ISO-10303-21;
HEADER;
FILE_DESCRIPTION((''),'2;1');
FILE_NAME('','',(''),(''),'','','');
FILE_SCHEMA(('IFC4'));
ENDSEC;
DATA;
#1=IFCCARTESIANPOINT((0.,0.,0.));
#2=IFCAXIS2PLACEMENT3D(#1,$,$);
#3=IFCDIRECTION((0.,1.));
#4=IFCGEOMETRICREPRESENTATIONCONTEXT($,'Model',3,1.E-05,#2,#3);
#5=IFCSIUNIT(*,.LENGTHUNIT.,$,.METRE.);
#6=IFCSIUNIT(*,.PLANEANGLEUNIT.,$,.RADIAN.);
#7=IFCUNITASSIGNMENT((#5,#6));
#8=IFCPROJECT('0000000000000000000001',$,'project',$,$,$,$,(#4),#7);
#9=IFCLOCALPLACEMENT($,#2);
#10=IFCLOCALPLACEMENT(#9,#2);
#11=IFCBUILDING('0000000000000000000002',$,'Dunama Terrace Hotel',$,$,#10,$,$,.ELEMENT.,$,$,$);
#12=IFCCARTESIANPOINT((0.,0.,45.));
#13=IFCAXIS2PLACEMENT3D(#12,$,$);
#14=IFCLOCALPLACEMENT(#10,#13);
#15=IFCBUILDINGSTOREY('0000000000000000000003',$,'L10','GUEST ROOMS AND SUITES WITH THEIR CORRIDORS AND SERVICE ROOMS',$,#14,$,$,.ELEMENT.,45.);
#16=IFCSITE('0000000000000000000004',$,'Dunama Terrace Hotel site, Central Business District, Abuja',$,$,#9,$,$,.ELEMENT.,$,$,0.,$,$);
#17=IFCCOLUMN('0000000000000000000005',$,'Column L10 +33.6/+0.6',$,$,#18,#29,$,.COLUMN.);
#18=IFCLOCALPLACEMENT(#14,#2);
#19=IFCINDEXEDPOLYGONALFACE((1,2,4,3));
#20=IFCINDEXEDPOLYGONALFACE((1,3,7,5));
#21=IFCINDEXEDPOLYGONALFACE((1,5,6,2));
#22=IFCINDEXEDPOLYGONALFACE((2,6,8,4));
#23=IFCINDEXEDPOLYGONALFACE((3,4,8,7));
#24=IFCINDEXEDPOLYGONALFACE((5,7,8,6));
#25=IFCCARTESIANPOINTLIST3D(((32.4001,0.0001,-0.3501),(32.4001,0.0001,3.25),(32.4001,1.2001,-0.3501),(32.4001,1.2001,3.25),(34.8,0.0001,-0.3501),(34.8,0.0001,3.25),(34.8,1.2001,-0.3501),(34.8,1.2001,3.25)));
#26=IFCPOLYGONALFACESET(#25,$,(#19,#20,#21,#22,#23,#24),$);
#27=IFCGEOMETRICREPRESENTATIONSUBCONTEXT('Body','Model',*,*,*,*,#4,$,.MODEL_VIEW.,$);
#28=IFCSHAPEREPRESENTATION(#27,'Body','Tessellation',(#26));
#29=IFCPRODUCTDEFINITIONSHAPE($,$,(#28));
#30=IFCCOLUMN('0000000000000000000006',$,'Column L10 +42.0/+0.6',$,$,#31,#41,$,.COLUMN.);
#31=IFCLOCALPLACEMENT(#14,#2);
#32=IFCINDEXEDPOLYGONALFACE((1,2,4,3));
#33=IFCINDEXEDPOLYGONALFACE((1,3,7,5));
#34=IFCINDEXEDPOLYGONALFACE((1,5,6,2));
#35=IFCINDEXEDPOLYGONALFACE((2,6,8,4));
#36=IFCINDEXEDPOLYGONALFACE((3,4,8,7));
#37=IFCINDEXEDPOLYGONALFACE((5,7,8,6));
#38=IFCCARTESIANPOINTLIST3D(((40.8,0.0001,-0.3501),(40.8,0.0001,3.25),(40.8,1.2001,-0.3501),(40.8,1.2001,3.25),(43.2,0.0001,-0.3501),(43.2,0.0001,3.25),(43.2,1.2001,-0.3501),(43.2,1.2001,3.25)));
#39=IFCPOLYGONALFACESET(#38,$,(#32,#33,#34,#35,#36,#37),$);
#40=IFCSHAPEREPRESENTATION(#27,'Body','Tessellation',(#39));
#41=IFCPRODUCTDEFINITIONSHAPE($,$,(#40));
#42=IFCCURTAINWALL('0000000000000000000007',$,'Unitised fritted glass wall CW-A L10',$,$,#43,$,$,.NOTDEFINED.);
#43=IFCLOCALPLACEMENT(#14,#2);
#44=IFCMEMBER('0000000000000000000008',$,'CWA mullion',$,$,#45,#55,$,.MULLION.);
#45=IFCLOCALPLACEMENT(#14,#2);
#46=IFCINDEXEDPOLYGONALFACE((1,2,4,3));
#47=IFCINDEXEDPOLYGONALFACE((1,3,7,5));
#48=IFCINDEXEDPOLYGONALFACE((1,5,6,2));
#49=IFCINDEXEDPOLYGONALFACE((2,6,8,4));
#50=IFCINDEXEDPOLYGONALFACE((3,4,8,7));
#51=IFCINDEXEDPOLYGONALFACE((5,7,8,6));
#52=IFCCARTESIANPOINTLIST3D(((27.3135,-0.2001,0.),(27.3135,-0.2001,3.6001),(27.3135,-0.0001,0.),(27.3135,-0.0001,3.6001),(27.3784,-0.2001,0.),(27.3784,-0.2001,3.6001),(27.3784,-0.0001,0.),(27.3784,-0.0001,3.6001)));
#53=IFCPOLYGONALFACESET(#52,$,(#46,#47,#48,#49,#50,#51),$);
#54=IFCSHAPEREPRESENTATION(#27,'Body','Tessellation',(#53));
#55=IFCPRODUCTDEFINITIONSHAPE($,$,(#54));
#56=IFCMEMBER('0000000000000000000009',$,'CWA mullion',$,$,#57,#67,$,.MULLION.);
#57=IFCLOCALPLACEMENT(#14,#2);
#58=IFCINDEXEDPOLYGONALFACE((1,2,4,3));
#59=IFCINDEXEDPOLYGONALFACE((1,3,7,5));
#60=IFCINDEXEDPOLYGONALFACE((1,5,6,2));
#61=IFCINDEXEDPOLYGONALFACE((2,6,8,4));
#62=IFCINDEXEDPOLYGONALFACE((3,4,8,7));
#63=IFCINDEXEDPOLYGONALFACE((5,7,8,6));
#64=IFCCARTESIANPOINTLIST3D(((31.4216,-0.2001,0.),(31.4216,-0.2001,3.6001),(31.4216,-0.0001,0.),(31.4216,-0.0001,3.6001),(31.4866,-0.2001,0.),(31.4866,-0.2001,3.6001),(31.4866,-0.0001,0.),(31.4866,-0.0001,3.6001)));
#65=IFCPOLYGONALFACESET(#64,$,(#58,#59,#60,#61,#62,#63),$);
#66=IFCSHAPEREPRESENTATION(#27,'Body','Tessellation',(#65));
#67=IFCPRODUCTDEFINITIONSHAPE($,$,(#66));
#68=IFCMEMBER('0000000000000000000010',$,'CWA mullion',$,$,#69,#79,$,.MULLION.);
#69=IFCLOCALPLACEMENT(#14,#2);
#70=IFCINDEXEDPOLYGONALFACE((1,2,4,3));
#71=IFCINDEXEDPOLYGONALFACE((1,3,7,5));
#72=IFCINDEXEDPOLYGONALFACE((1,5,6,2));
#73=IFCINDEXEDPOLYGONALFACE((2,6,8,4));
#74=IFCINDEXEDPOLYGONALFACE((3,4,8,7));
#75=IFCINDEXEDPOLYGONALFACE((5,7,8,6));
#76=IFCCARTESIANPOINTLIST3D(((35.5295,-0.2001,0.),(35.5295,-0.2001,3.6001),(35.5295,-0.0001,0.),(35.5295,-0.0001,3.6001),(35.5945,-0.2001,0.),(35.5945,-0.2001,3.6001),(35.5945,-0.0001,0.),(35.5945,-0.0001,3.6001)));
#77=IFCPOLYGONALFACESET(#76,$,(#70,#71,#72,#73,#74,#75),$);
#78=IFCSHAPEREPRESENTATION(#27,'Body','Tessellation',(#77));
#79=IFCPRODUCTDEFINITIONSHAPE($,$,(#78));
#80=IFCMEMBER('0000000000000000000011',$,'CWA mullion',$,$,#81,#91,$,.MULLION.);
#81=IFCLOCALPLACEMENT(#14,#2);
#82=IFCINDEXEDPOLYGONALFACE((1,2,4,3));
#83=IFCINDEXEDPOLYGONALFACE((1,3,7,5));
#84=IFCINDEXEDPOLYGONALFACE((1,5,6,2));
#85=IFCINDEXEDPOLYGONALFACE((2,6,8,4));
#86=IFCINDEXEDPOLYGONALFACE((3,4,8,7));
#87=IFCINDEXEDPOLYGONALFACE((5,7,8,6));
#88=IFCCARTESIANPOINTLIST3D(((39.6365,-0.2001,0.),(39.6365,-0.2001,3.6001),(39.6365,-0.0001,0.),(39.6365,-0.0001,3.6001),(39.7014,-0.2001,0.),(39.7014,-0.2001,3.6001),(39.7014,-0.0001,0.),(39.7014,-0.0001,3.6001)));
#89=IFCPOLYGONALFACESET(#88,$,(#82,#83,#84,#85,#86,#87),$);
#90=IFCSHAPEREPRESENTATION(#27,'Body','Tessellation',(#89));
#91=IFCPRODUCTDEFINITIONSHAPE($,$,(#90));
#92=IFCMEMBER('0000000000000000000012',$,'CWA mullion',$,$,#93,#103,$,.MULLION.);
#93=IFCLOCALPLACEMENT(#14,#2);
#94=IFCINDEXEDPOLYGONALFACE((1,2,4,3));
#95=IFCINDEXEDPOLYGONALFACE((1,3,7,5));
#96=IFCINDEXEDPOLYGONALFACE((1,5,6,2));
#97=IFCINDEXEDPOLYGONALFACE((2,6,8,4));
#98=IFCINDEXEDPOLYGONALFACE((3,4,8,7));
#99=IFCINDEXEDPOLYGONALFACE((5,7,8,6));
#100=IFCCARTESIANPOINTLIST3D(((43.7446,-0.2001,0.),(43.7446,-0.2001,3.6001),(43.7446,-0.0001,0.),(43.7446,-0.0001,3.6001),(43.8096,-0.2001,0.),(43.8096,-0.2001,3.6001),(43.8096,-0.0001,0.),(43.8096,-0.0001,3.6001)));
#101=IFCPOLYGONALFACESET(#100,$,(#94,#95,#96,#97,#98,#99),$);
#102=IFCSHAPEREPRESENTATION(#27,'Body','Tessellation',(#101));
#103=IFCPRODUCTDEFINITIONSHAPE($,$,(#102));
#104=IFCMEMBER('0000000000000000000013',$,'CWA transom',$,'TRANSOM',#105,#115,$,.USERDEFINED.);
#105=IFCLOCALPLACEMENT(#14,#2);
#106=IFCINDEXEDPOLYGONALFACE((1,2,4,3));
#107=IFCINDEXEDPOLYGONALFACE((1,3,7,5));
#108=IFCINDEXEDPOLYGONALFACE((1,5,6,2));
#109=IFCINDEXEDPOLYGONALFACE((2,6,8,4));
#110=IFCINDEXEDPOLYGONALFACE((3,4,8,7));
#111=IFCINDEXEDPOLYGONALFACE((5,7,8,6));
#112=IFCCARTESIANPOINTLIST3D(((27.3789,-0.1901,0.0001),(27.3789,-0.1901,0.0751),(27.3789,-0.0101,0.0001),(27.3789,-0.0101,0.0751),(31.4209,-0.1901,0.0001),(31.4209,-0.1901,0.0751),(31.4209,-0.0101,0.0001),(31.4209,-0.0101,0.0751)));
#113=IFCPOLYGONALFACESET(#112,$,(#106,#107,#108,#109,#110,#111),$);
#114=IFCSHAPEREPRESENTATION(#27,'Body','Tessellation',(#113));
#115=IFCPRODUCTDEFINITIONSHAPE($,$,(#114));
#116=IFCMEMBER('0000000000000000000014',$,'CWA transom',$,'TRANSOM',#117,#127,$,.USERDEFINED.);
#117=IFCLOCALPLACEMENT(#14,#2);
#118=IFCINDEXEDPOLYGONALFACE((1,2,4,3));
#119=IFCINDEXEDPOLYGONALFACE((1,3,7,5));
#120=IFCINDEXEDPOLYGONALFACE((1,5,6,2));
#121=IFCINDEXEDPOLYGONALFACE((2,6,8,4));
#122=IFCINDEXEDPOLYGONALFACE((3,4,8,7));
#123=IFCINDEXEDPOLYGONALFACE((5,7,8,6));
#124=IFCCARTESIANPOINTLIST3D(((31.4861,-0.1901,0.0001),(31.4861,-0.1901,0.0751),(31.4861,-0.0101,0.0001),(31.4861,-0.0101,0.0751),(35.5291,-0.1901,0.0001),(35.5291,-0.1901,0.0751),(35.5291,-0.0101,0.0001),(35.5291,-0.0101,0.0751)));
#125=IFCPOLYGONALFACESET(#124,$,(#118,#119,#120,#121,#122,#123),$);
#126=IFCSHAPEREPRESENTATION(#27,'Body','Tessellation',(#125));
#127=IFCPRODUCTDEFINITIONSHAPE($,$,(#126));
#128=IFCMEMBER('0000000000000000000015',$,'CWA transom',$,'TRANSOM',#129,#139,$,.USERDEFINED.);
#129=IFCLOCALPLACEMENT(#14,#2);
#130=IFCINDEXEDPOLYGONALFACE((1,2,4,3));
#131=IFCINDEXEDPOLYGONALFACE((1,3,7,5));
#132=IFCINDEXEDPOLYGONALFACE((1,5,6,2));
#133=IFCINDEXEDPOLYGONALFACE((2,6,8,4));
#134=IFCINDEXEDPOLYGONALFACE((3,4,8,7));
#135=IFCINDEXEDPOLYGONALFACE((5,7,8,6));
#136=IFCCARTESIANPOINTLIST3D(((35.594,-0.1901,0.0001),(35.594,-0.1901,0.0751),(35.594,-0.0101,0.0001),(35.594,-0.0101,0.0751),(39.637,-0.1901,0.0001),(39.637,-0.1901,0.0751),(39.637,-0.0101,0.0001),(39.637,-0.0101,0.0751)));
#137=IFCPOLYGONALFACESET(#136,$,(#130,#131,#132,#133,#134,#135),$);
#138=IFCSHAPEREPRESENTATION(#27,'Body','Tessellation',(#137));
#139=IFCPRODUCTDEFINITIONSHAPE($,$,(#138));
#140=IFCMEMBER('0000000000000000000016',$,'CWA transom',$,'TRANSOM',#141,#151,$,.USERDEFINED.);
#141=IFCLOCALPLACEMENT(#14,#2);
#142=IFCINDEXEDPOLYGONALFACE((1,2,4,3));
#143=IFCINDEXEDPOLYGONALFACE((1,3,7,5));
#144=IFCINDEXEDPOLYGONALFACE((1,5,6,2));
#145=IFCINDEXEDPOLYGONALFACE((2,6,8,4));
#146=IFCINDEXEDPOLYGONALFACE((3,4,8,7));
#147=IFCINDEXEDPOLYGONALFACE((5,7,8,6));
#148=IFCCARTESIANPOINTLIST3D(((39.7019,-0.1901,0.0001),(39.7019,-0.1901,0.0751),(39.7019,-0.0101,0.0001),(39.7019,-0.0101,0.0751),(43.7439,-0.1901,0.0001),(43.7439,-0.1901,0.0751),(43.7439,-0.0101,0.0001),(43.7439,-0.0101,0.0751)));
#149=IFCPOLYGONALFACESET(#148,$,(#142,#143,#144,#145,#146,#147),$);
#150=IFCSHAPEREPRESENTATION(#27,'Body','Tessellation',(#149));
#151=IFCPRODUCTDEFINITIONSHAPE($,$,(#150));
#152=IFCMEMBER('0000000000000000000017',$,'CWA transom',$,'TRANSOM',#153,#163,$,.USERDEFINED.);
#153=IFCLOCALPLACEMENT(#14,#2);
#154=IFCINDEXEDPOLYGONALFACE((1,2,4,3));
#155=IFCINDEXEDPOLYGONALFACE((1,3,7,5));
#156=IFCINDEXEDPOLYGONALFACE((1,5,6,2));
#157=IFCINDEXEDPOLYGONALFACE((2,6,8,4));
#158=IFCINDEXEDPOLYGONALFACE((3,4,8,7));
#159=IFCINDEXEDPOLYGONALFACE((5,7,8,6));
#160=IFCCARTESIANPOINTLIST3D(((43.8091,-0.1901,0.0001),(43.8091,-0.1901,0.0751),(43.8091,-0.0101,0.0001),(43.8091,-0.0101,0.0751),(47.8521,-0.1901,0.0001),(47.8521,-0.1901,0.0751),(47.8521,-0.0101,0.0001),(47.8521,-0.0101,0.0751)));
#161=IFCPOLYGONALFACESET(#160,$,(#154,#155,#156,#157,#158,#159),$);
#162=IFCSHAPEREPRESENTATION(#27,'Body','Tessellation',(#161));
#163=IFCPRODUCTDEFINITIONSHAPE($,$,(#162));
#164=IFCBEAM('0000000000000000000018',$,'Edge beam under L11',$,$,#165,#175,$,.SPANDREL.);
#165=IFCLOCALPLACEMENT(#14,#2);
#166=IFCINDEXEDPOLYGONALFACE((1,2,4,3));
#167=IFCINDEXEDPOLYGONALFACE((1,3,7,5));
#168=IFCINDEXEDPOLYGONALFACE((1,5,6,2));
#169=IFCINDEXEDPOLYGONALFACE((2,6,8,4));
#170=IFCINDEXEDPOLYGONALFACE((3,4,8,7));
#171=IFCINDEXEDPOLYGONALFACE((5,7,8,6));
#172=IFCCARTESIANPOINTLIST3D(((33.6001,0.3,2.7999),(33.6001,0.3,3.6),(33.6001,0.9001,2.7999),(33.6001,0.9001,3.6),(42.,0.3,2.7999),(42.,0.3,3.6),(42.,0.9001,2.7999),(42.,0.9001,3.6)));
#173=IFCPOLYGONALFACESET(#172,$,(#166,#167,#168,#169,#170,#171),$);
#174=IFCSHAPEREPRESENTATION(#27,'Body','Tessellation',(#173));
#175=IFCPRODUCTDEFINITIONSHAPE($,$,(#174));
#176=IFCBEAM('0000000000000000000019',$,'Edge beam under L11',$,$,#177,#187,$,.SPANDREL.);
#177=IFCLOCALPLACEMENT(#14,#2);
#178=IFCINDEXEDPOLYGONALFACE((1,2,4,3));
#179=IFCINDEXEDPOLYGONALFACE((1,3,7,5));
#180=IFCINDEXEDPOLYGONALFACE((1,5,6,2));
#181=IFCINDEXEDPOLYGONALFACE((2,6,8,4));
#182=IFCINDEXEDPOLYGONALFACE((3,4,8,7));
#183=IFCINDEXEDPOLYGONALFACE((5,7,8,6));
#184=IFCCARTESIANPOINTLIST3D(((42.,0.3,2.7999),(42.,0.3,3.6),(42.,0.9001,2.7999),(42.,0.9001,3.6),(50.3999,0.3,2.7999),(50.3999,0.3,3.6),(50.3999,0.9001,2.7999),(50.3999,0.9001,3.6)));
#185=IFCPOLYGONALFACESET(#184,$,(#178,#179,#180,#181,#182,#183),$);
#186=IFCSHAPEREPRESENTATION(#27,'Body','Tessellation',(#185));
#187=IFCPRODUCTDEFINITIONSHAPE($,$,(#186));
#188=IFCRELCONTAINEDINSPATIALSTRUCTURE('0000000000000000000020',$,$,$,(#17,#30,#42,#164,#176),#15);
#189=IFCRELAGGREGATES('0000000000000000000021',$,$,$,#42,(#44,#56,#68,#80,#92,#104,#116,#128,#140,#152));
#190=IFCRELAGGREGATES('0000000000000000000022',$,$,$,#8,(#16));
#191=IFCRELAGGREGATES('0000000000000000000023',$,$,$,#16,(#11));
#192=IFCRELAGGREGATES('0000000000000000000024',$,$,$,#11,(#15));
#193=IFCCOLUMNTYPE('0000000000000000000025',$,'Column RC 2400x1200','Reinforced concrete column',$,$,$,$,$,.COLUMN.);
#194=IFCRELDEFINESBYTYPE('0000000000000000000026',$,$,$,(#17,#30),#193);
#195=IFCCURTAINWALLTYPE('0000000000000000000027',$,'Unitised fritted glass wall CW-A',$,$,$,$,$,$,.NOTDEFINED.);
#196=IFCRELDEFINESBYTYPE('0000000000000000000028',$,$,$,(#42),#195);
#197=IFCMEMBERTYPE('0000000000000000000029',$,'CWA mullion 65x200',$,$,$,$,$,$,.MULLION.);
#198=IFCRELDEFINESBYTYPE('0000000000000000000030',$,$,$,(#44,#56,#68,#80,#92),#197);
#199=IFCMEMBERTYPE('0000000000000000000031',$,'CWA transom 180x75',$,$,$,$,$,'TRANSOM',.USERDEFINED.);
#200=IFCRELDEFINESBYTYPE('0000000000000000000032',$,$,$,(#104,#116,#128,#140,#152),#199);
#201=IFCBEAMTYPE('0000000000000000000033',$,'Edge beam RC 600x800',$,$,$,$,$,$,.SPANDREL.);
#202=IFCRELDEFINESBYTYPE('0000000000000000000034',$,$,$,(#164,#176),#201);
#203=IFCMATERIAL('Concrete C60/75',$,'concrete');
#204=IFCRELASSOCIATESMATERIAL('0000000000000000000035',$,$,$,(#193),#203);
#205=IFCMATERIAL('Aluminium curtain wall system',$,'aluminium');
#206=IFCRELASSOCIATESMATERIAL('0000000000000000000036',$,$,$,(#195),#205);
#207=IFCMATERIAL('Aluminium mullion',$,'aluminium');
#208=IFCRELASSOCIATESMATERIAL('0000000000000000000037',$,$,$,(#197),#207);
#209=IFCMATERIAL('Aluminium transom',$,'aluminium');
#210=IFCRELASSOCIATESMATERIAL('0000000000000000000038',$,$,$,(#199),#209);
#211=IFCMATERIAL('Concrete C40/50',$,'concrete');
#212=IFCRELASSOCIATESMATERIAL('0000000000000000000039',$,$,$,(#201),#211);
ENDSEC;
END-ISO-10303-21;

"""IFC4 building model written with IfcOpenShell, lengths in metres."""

from ifc_helpers import new_model, si_unit, direction, frame, origin, origin_2d, place, context, subcontext, project, spatial, rectangle, extrude, material, material_profile, profile_set, type_object, element, aggregate, save


model = new_model("IFC4")

# Units and contexts
model_context = context("Model", 3, precision=1e-05, world=origin(), true_north=direction((0.0, 1.0)))
body_context = subcontext(model_context, "Body", "Model", "MODEL_VIEW")
ifc_project = project(units=[si_unit("LENGTHUNIT", "METRE"), si_unit("PLANEANGLEUNIT", "RADIAN")], contexts=[model_context])

# Site, building, storey
site_placement = place(None, origin())
site = spatial("IfcSite", under=ifc_project, at=site_placement, Name="Dunama Terrace Hotel site, Central Business District, Abuja", CompositionType="ELEMENT", RefElevation=0.0)
building_placement = place(site_placement, origin())
building = spatial("IfcBuilding", under=site, at=building_placement, Name="Dunama Terrace Hotel", CompositionType="ELEMENT")
storey_placement = place(building_placement, frame((0.0, 0.0, 45.0)))
storey = spatial("IfcBuildingStorey", under=building, at=storey_placement, Name="L10", Description="GUEST ROOMS AND SUITES WITH THEIR CORRIDORS AND SERVICE ROOMS", CompositionType="ELEMENT", Elevation=45.0)

# Columns
ifc_material_1 = material(Name="Concrete C60/75", Category="concrete")
ifc_material_profile_1 = material_profile(ifc_material_1, rectangle(XDim=2.3999, YDim=1.2, at=origin_2d()), Name="RC 2400x1200")
ifc_profile_set_1 = profile_set([ifc_material_profile_1], Name="Concrete C60/75")
column_type = type_object("IfcColumnType", Name="Column RC 2400x1200", Description="Reinforced concrete column", PredefinedType="COLUMN", material=ifc_profile_set_1)
for number, where, z_axis, x_axis, name in (
    (1, (33.6001, 0.6001, -0.3501), (0.0, 0.0, 1.0), (1.0, 0.0, 0.0), "Column L10 +33.6/+0.6"),
    (2, (42.0, 0.6001, -0.3501), (0.0, 0.0, 1.0), (1.0, 0.0, 0.0), "Column L10 +42.0/+0.6"),
):
    element("IfcColumn", number, at=place(storey_placement, frame(where, z_axis=z_axis, x_axis=x_axis)), inside=storey, type_object=column_type, Name=name, PredefinedType="COLUMN", context=body_context, shape_type="SweptSolid", body=[
        extrude(rectangle(XDim=2.3999, YDim=1.2, at=origin_2d()), origin(), (0.0, 0.0, 1.0), 3.6001),
    ])

# Curtain wall, members
ifc_material_2 = material(Name="Aluminium curtain wall system", Category="aluminium")
curtain_wall_type = type_object("IfcCurtainWallType", Name="Unitised fritted glass wall CW-A", PredefinedType="NOTDEFINED", material=ifc_material_2)
curtain_wall_placement = place(storey_placement, origin())
curtain_wall = element("IfcCurtainWall", 3, at=curtain_wall_placement, inside=storey, type_object=curtain_wall_type, Name="Unitised fritted glass wall CW-A L10", PredefinedType="NOTDEFINED")
ifc_material_3 = material(Name="Aluminium mullion", Category="aluminium")
ifc_material_profile_2 = material_profile(ifc_material_3, rectangle(XDim=0.0649, YDim=0.2, at=origin_2d()), Name="CWA MULLION 65X200")
ifc_profile_set_2 = profile_set([ifc_material_profile_2], Name="Aluminium mullion")
member_type_1 = type_object("IfcMemberType", Name="CWA mullion 65x200", PredefinedType="MULLION", material=ifc_profile_set_2)
member_1_placement = place(storey_placement, frame((27.3459, -0.1001, 0.0), z_axis=(0.0, 0.0, 1.0), x_axis=(1.0, 0.0, 0.0)))
member_1 = element("IfcMember", 4, at=member_1_placement, type_object=member_type_1, Name="CWA mullion", PredefinedType="MULLION", context=body_context, shape_type="SweptSolid", body=[
    extrude(rectangle(XDim=0.0649, YDim=0.2, at=origin_2d()), origin(), (0.0, 0.0, 1.0), 3.6001),
])
member_2_placement = place(storey_placement, frame((31.4541, -0.1001, 0.0), z_axis=(0.0, 0.0, 1.0), x_axis=(1.0, 0.0, 0.0)))
member_2 = element("IfcMember", 5, at=member_2_placement, type_object=member_type_1, Name="CWA mullion", PredefinedType="MULLION", context=body_context, shape_type="SweptSolid", body=[
    extrude(rectangle(XDim=0.0649, YDim=0.2, at=origin_2d()), origin(), (0.0, 0.0, 1.0), 3.6001),
])
member_3_placement = place(storey_placement, frame((35.562, -0.1001, 0.0), z_axis=(0.0, 0.0, 1.0), x_axis=(1.0, 0.0, 0.0)))
member_3 = element("IfcMember", 6, at=member_3_placement, type_object=member_type_1, Name="CWA mullion", PredefinedType="MULLION", context=body_context, shape_type="SweptSolid", body=[
    extrude(rectangle(XDim=0.0649, YDim=0.2, at=origin_2d()), origin(), (0.0, 0.0, 1.0), 3.6001),
])
member_4_placement = place(storey_placement, frame((39.6689, -0.1001, 0.0), z_axis=(0.0, 0.0, 1.0), x_axis=(1.0, 0.0, 0.0)))
member_4 = element("IfcMember", 7, at=member_4_placement, type_object=member_type_1, Name="CWA mullion", PredefinedType="MULLION", context=body_context, shape_type="SweptSolid", body=[
    extrude(rectangle(XDim=0.0649, YDim=0.2, at=origin_2d()), origin(), (0.0, 0.0, 1.0), 3.6001),
])
member_5_placement = place(storey_placement, frame((43.7771, -0.1001, 0.0), z_axis=(0.0, 0.0, 1.0), x_axis=(1.0, 0.0, 0.0)))
member_5 = element("IfcMember", 8, at=member_5_placement, type_object=member_type_1, Name="CWA mullion", PredefinedType="MULLION", context=body_context, shape_type="SweptSolid", body=[
    extrude(rectangle(XDim=0.0649, YDim=0.2, at=origin_2d()), origin(), (0.0, 0.0, 1.0), 3.6001),
])
ifc_material_4 = material(Name="Aluminium transom", Category="aluminium")
ifc_material_profile_3 = material_profile(ifc_material_4, rectangle(XDim=0.1799, YDim=0.075, at=origin_2d()), Name="CWA TRANSOM 180X75")
ifc_profile_set_3 = profile_set([ifc_material_profile_3], Name="Aluminium transom")
member_type_2 = type_object("IfcMemberType", Name="CWA transom 180x75", ElementType="TRANSOM", PredefinedType="USERDEFINED", material=ifc_profile_set_3)
member_6_placement = place(storey_placement, frame((27.3789, -0.1001, 0.0376), z_axis=(1.0, 0.0, 0.0), x_axis=(0.0, 1.0, 0.0)))
member_6 = element("IfcMember", 9, at=member_6_placement, type_object=member_type_2, Name="CWA transom", ObjectType="TRANSOM", PredefinedType="USERDEFINED", context=body_context, shape_type="SweptSolid", body=[
    extrude(rectangle(XDim=0.1799, YDim=0.075, at=origin_2d()), origin(), (0.0, 0.0, 1.0), 4.042),
])
member_7_placement = place(storey_placement, frame((31.4861, -0.1001, 0.0376), z_axis=(1.0, 0.0, 0.0), x_axis=(0.0, 1.0, 0.0)))
member_7 = element("IfcMember", 10, at=member_7_placement, type_object=member_type_2, Name="CWA transom", ObjectType="TRANSOM", PredefinedType="USERDEFINED", context=body_context, shape_type="SweptSolid", body=[
    extrude(rectangle(XDim=0.1799, YDim=0.075, at=origin_2d()), origin(), (0.0, 0.0, 1.0), 4.043),
])
member_8_placement = place(storey_placement, frame((35.594, -0.1001, 0.0376), z_axis=(1.0, 0.0, 0.0), x_axis=(0.0, 1.0, 0.0)))
member_8 = element("IfcMember", 11, at=member_8_placement, type_object=member_type_2, Name="CWA transom", ObjectType="TRANSOM", PredefinedType="USERDEFINED", context=body_context, shape_type="SweptSolid", body=[
    extrude(rectangle(XDim=0.1799, YDim=0.075, at=origin_2d()), origin(), (0.0, 0.0, 1.0), 4.043),
])
member_9_placement = place(storey_placement, frame((39.7019, -0.1001, 0.0376), z_axis=(1.0, 0.0, 0.0), x_axis=(0.0, 1.0, 0.0)))
member_9 = element("IfcMember", 12, at=member_9_placement, type_object=member_type_2, Name="CWA transom", ObjectType="TRANSOM", PredefinedType="USERDEFINED", context=body_context, shape_type="SweptSolid", body=[
    extrude(rectangle(XDim=0.1799, YDim=0.075, at=origin_2d()), origin(), (0.0, 0.0, 1.0), 4.042),
])
member_10_placement = place(storey_placement, frame((43.8091, -0.1001, 0.0376), z_axis=(1.0, 0.0, 0.0), x_axis=(0.0, 1.0, 0.0)))
member_10 = element("IfcMember", 13, at=member_10_placement, type_object=member_type_2, Name="CWA transom", ObjectType="TRANSOM", PredefinedType="USERDEFINED", context=body_context, shape_type="SweptSolid", body=[
    extrude(rectangle(XDim=0.1799, YDim=0.075, at=origin_2d()), origin(), (0.0, 0.0, 1.0), 4.043),
])

# Beams
ifc_material_5 = material(Name="Concrete C40/50", Category="concrete")
ifc_material_profile_4 = material_profile(ifc_material_5, rectangle(XDim=0.6001, YDim=0.8, at=origin_2d()), Name="RC 600x800")
ifc_profile_set_4 = profile_set([ifc_material_profile_4], Name="Concrete C40/50")
beam_type = type_object("IfcBeamType", Name="Edge beam RC 600x800", PredefinedType="SPANDREL", material=ifc_profile_set_4)
for number, where, z_axis, x_axis, name in (
    (14, (33.6001, 0.6001, 3.2), (1.0, 0.0, 0.0), (0.0, 1.0, 0.0), "Edge beam under L11"),
    (15, (42.0, 0.6001, 3.2), (1.0, 0.0, 0.0), (0.0, 1.0, 0.0), "Edge beam under L11"),
):
    element("IfcBeam", number, at=place(storey_placement, frame(where, z_axis=z_axis, x_axis=x_axis)), inside=storey, type_object=beam_type, Name=name, PredefinedType="SPANDREL", context=body_context, shape_type="SweptSolid", body=[
        extrude(rectangle(XDim=0.6001, YDim=0.8, at=origin_2d()), origin(), (0.0, 0.0, 1.0), 8.3999),
    ])

aggregate(curtain_wall, [member_1, member_2, member_3, member_4, member_5, member_6, member_7, member_8, member_9, member_10])

save(model, "model.ifc")
